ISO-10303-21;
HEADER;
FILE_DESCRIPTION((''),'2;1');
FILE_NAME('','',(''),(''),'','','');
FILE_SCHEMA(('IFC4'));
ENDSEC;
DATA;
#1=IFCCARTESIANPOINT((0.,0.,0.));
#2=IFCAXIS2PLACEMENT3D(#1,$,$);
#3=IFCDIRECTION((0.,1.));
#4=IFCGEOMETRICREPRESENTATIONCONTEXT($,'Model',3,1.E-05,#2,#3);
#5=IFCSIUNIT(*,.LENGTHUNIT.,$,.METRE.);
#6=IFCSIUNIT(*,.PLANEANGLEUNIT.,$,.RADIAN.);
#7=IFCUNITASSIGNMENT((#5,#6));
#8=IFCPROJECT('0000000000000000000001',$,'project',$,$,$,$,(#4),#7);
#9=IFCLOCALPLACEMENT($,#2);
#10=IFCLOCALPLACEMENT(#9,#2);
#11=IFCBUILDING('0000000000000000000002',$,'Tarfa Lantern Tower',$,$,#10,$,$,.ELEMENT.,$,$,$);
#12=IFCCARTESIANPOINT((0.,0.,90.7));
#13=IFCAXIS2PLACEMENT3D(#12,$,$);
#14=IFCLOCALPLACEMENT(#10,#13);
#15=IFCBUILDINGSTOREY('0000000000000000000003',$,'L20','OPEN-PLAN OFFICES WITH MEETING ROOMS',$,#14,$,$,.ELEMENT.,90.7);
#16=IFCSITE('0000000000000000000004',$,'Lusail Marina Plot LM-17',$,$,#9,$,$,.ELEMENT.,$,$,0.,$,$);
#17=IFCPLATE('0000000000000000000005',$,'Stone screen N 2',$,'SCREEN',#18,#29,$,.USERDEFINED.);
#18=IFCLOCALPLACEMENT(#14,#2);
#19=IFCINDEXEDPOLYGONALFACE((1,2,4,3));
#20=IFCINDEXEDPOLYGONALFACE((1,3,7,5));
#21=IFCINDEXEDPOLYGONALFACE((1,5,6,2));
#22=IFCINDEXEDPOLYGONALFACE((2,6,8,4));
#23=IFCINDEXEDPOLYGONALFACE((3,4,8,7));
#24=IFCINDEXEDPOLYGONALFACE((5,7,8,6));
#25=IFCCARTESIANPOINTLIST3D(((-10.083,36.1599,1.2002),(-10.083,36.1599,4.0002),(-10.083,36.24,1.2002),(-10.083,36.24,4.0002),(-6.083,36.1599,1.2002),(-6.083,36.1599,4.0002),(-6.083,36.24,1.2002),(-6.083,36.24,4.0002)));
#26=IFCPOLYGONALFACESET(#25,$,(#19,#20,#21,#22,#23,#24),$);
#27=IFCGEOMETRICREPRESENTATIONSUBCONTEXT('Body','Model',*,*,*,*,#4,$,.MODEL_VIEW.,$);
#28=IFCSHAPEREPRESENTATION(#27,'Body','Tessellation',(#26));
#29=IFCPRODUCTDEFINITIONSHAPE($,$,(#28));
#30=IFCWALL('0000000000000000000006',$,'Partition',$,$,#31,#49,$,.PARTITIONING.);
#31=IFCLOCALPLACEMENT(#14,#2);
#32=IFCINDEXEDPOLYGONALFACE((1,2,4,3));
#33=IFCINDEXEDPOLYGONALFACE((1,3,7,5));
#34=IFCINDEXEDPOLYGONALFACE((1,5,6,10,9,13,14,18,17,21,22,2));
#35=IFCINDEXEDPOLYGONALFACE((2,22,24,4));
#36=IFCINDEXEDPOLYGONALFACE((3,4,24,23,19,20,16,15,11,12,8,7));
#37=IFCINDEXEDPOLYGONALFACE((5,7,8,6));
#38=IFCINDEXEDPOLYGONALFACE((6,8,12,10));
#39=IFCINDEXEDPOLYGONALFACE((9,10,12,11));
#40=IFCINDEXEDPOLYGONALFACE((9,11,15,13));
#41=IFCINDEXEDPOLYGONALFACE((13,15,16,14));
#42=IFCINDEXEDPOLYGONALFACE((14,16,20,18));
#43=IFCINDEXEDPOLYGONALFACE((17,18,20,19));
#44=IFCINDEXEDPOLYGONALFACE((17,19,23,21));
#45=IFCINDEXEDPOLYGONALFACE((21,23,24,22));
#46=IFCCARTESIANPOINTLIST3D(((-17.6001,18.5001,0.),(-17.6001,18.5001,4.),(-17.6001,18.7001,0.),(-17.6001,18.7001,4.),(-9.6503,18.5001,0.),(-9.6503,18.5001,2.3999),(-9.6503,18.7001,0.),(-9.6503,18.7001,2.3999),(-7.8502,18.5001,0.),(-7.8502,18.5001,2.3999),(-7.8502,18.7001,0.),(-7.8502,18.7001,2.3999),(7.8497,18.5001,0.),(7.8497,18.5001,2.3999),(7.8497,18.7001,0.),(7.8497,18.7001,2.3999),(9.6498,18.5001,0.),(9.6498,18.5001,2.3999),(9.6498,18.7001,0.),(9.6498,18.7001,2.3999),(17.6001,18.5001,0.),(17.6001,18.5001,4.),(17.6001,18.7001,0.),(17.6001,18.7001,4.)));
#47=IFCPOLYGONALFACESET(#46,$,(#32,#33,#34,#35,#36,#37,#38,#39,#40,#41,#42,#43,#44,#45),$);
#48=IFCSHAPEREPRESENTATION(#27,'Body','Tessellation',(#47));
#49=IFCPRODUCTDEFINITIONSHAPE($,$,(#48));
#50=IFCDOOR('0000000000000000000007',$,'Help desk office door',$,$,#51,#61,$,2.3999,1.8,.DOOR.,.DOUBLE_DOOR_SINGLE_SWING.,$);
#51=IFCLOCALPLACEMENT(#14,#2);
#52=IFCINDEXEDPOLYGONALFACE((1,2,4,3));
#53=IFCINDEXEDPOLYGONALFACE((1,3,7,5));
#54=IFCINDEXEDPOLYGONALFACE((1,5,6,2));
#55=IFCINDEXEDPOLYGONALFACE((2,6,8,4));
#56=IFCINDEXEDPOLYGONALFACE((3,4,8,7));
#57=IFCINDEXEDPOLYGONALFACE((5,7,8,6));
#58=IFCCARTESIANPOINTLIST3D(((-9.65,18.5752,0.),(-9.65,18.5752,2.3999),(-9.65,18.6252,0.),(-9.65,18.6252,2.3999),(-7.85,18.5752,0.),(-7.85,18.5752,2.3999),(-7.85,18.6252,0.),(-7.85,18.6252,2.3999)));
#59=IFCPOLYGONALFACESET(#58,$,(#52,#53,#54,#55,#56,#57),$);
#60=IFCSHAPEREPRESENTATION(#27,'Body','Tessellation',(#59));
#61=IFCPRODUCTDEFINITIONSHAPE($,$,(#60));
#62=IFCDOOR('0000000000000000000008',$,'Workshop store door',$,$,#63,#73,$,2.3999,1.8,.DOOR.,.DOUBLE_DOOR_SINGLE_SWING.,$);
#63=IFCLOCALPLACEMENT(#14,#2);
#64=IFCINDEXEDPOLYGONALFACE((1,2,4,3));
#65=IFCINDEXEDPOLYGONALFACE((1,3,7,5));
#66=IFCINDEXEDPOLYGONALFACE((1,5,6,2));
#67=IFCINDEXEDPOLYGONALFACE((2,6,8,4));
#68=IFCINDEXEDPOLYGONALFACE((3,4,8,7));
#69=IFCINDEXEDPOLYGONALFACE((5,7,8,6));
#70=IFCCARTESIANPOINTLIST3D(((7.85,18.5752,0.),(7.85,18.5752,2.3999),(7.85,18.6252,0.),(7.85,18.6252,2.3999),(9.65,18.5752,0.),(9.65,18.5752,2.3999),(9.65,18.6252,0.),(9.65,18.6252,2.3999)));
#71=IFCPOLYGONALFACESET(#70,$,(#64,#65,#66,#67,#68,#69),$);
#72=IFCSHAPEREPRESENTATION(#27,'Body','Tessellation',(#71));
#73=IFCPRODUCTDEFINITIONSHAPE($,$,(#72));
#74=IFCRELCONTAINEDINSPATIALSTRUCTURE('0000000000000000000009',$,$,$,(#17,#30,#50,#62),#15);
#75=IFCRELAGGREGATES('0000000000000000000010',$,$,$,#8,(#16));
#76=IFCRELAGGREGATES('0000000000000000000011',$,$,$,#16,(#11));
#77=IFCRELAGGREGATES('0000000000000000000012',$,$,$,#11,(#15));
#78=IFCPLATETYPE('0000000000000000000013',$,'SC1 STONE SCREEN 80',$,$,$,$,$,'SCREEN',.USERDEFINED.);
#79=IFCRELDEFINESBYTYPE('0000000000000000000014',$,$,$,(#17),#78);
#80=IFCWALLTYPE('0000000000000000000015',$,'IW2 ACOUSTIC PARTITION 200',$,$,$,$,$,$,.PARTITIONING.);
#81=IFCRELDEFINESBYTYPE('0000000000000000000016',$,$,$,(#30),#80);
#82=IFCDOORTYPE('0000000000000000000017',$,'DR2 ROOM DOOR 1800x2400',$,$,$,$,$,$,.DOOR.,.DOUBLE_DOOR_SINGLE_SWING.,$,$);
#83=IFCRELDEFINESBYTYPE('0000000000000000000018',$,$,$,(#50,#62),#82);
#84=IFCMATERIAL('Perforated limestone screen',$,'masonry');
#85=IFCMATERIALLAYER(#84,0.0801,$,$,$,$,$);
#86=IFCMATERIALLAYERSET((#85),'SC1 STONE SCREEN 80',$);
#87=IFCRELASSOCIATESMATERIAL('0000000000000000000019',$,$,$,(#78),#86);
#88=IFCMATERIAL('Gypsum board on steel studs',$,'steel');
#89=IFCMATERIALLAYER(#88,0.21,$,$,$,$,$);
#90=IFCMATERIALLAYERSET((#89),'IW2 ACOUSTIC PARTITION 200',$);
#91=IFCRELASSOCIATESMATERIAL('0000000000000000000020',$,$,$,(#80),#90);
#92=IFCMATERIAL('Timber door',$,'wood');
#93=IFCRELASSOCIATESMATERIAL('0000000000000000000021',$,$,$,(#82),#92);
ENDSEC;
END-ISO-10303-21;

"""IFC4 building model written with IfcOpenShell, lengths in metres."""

from ifc_helpers import new_model, si_unit, direction, frame, frame_2d, origin, origin_2d, place, context, subcontext, project, spatial, rectangle, extrude, material, layer, layer_set, type_object, element, fill, save


model = new_model("IFC4")

# Units and contexts
model_context = context("Model", 3, precision=1e-05, world=origin(), true_north=direction((0.0, 1.0)))
body_context = subcontext(model_context, "Body", "Model", "MODEL_VIEW")
ifc_project = project(units=[si_unit("LENGTHUNIT", "METRE"), si_unit("PLANEANGLEUNIT", "RADIAN")], contexts=[model_context])

# Site, building, storey
site_placement = place(None, origin())
site = spatial("IfcSite", under=ifc_project, at=site_placement, Name="Lusail Marina Plot LM-17", CompositionType="ELEMENT", RefElevation=0.0)
building_placement = place(site_placement, origin())
building = spatial("IfcBuilding", under=site, at=building_placement, Name="Tarfa Lantern Tower", CompositionType="ELEMENT")
storey_placement = place(building_placement, frame((0.0, 0.0, 90.7)))
storey = spatial("IfcBuildingStorey", under=building, at=storey_placement, Name="L20", Description="OPEN-PLAN OFFICES WITH MEETING ROOMS", CompositionType="ELEMENT", Elevation=90.7)

# Plate
ifc_material_1 = material(Name="Perforated limestone screen", Category="masonry")
ifc_layer_1 = layer(ifc_material_1, 0.0801)
ifc_layer_set_1 = layer_set([ifc_layer_1], Name="SC1 STONE SCREEN 80")
plate_type_1 = type_object("IfcPlateType", Name="SC1 STONE SCREEN 80", ElementType="SCREEN", PredefinedType="USERDEFINED", material=ifc_layer_set_1)
plate_1_placement = place(storey_placement, frame((-8.083, 36.2, 1.2002), z_axis=(0.0, 0.0, 1.0), x_axis=(-1.0, 0.0, 0.0)))
element("IfcPlate", 1, at=plate_1_placement, inside=storey, type_object=plate_type_1, Name="Stone screen N 2", ObjectType="SCREEN", PredefinedType="USERDEFINED", context=body_context, shape_type="SweptSolid", body=[
    extrude(rectangle(XDim=4.0, YDim=0.0801, at=origin_2d()), origin(), (0.0, 0.0, 1.0), 2.8),
])

# Wall, openings, doors
ifc_material_2 = material(Name="Gypsum board on steel studs", Category="steel")
ifc_layer_2 = layer(ifc_material_2, 0.21)
ifc_layer_set_2 = layer_set([ifc_layer_2], Name="IW2 ACOUSTIC PARTITION 200")
wall_type = type_object("IfcWallType", Name="IW2 ACOUSTIC PARTITION 200", PredefinedType="PARTITIONING", material=ifc_layer_set_2)
wall_placement = place(storey_placement, frame((-17.6001, 18.6001, 0.0), z_axis=(0.0, 0.0, 1.0), x_axis=(1.0, 0.0, 0.0)))
wall = element("IfcWall", 2, at=wall_placement, inside=storey, type_object=wall_type, Name="Partition", PredefinedType="PARTITIONING", context=body_context, shape_type="SweptSolid", body=[
    extrude(rectangle(XDim=35.2002, YDim=0.2, at=frame_2d((17.6001, 0.0))), origin(), (0.0, 0.0, 1.0), 4.0),
])
opening_1_placement = place(wall_placement, frame((7.95, 0.0, 0.0)))
opening_1 = element("IfcOpeningElement", 3, at=opening_1_placement, cuts=wall, PredefinedType="OPENING", context=body_context, shape_type="SweptSolid", body=[
    extrude(rectangle(XDim=1.8, YDim=2.3999, at=frame_2d((0.8999, 1.2))), frame((0.0, 0.1099, 0.0), z_axis=(0.0, -1.0, 0.0), x_axis=(1.0, 0.0, 0.0)), (0.0, 0.0, 1.0), 0.22),
])
opening_2_placement = place(wall_placement, frame((25.45, 0.0, 0.0)))
opening_2 = element("IfcOpeningElement", 4, at=opening_2_placement, cuts=wall, PredefinedType="OPENING", context=body_context, shape_type="SweptSolid", body=[
    extrude(rectangle(XDim=1.8, YDim=2.3999, at=frame_2d((0.8999, 1.2))), frame((0.0, 0.1099, 0.0), z_axis=(0.0, -1.0, 0.0), x_axis=(1.0, 0.0, 0.0)), (0.0, 0.0, 1.0), 0.22),
])
ifc_material_3 = material(Name="Timber door", Category="wood")
door_type = type_object("IfcDoorType", Name="DR2 ROOM DOOR 1800x2400", OperationType="DOUBLE_DOOR_SINGLE_SWING", PredefinedType="DOOR", material=ifc_material_3)
door_1_placement = place(opening_1_placement, frame((1.8, 0.0, 0.0), z_axis=(0.0, 0.0, 1.0), x_axis=(-1.0, 0.0, 0.0)))
door_1 = element("IfcDoor", 5, at=door_1_placement, inside=storey, type_object=door_type, Name="Help desk office door", OperationType="DOUBLE_DOOR_SINGLE_SWING", OverallHeight=2.3999, OverallWidth=1.8, PredefinedType="DOOR", context=body_context, shape_type="SweptSolid", body=[
    extrude(rectangle(XDim=1.8, YDim=2.3999, at=frame_2d((0.8999, 1.2))), frame((0.0, 0.0249, 0.0), z_axis=(0.0, -1.0, 0.0), x_axis=(1.0, 0.0, 0.0)), (0.0, 0.0, 1.0), 0.05),
])
fill(opening_1, door_1)
door_2_placement = place(opening_2_placement, frame((1.8, 0.0, 0.0), z_axis=(0.0, 0.0, 1.0), x_axis=(-1.0, 0.0, 0.0)))
door_2 = element("IfcDoor", 6, at=door_2_placement, inside=storey, type_object=door_type, Name="Workshop store door", OperationType="DOUBLE_DOOR_SINGLE_SWING", OverallHeight=2.3999, OverallWidth=1.8, PredefinedType="DOOR", context=body_context, shape_type="SweptSolid", body=[
    extrude(rectangle(XDim=1.8, YDim=2.3999, at=frame_2d((0.8999, 1.2))), frame((0.0, 0.0249, 0.0), z_axis=(0.0, -1.0, 0.0), x_axis=(1.0, 0.0, 0.0)), (0.0, 0.0, 1.0), 0.05),
])
fill(opening_2, door_2)

save(model, "model.ifc")
